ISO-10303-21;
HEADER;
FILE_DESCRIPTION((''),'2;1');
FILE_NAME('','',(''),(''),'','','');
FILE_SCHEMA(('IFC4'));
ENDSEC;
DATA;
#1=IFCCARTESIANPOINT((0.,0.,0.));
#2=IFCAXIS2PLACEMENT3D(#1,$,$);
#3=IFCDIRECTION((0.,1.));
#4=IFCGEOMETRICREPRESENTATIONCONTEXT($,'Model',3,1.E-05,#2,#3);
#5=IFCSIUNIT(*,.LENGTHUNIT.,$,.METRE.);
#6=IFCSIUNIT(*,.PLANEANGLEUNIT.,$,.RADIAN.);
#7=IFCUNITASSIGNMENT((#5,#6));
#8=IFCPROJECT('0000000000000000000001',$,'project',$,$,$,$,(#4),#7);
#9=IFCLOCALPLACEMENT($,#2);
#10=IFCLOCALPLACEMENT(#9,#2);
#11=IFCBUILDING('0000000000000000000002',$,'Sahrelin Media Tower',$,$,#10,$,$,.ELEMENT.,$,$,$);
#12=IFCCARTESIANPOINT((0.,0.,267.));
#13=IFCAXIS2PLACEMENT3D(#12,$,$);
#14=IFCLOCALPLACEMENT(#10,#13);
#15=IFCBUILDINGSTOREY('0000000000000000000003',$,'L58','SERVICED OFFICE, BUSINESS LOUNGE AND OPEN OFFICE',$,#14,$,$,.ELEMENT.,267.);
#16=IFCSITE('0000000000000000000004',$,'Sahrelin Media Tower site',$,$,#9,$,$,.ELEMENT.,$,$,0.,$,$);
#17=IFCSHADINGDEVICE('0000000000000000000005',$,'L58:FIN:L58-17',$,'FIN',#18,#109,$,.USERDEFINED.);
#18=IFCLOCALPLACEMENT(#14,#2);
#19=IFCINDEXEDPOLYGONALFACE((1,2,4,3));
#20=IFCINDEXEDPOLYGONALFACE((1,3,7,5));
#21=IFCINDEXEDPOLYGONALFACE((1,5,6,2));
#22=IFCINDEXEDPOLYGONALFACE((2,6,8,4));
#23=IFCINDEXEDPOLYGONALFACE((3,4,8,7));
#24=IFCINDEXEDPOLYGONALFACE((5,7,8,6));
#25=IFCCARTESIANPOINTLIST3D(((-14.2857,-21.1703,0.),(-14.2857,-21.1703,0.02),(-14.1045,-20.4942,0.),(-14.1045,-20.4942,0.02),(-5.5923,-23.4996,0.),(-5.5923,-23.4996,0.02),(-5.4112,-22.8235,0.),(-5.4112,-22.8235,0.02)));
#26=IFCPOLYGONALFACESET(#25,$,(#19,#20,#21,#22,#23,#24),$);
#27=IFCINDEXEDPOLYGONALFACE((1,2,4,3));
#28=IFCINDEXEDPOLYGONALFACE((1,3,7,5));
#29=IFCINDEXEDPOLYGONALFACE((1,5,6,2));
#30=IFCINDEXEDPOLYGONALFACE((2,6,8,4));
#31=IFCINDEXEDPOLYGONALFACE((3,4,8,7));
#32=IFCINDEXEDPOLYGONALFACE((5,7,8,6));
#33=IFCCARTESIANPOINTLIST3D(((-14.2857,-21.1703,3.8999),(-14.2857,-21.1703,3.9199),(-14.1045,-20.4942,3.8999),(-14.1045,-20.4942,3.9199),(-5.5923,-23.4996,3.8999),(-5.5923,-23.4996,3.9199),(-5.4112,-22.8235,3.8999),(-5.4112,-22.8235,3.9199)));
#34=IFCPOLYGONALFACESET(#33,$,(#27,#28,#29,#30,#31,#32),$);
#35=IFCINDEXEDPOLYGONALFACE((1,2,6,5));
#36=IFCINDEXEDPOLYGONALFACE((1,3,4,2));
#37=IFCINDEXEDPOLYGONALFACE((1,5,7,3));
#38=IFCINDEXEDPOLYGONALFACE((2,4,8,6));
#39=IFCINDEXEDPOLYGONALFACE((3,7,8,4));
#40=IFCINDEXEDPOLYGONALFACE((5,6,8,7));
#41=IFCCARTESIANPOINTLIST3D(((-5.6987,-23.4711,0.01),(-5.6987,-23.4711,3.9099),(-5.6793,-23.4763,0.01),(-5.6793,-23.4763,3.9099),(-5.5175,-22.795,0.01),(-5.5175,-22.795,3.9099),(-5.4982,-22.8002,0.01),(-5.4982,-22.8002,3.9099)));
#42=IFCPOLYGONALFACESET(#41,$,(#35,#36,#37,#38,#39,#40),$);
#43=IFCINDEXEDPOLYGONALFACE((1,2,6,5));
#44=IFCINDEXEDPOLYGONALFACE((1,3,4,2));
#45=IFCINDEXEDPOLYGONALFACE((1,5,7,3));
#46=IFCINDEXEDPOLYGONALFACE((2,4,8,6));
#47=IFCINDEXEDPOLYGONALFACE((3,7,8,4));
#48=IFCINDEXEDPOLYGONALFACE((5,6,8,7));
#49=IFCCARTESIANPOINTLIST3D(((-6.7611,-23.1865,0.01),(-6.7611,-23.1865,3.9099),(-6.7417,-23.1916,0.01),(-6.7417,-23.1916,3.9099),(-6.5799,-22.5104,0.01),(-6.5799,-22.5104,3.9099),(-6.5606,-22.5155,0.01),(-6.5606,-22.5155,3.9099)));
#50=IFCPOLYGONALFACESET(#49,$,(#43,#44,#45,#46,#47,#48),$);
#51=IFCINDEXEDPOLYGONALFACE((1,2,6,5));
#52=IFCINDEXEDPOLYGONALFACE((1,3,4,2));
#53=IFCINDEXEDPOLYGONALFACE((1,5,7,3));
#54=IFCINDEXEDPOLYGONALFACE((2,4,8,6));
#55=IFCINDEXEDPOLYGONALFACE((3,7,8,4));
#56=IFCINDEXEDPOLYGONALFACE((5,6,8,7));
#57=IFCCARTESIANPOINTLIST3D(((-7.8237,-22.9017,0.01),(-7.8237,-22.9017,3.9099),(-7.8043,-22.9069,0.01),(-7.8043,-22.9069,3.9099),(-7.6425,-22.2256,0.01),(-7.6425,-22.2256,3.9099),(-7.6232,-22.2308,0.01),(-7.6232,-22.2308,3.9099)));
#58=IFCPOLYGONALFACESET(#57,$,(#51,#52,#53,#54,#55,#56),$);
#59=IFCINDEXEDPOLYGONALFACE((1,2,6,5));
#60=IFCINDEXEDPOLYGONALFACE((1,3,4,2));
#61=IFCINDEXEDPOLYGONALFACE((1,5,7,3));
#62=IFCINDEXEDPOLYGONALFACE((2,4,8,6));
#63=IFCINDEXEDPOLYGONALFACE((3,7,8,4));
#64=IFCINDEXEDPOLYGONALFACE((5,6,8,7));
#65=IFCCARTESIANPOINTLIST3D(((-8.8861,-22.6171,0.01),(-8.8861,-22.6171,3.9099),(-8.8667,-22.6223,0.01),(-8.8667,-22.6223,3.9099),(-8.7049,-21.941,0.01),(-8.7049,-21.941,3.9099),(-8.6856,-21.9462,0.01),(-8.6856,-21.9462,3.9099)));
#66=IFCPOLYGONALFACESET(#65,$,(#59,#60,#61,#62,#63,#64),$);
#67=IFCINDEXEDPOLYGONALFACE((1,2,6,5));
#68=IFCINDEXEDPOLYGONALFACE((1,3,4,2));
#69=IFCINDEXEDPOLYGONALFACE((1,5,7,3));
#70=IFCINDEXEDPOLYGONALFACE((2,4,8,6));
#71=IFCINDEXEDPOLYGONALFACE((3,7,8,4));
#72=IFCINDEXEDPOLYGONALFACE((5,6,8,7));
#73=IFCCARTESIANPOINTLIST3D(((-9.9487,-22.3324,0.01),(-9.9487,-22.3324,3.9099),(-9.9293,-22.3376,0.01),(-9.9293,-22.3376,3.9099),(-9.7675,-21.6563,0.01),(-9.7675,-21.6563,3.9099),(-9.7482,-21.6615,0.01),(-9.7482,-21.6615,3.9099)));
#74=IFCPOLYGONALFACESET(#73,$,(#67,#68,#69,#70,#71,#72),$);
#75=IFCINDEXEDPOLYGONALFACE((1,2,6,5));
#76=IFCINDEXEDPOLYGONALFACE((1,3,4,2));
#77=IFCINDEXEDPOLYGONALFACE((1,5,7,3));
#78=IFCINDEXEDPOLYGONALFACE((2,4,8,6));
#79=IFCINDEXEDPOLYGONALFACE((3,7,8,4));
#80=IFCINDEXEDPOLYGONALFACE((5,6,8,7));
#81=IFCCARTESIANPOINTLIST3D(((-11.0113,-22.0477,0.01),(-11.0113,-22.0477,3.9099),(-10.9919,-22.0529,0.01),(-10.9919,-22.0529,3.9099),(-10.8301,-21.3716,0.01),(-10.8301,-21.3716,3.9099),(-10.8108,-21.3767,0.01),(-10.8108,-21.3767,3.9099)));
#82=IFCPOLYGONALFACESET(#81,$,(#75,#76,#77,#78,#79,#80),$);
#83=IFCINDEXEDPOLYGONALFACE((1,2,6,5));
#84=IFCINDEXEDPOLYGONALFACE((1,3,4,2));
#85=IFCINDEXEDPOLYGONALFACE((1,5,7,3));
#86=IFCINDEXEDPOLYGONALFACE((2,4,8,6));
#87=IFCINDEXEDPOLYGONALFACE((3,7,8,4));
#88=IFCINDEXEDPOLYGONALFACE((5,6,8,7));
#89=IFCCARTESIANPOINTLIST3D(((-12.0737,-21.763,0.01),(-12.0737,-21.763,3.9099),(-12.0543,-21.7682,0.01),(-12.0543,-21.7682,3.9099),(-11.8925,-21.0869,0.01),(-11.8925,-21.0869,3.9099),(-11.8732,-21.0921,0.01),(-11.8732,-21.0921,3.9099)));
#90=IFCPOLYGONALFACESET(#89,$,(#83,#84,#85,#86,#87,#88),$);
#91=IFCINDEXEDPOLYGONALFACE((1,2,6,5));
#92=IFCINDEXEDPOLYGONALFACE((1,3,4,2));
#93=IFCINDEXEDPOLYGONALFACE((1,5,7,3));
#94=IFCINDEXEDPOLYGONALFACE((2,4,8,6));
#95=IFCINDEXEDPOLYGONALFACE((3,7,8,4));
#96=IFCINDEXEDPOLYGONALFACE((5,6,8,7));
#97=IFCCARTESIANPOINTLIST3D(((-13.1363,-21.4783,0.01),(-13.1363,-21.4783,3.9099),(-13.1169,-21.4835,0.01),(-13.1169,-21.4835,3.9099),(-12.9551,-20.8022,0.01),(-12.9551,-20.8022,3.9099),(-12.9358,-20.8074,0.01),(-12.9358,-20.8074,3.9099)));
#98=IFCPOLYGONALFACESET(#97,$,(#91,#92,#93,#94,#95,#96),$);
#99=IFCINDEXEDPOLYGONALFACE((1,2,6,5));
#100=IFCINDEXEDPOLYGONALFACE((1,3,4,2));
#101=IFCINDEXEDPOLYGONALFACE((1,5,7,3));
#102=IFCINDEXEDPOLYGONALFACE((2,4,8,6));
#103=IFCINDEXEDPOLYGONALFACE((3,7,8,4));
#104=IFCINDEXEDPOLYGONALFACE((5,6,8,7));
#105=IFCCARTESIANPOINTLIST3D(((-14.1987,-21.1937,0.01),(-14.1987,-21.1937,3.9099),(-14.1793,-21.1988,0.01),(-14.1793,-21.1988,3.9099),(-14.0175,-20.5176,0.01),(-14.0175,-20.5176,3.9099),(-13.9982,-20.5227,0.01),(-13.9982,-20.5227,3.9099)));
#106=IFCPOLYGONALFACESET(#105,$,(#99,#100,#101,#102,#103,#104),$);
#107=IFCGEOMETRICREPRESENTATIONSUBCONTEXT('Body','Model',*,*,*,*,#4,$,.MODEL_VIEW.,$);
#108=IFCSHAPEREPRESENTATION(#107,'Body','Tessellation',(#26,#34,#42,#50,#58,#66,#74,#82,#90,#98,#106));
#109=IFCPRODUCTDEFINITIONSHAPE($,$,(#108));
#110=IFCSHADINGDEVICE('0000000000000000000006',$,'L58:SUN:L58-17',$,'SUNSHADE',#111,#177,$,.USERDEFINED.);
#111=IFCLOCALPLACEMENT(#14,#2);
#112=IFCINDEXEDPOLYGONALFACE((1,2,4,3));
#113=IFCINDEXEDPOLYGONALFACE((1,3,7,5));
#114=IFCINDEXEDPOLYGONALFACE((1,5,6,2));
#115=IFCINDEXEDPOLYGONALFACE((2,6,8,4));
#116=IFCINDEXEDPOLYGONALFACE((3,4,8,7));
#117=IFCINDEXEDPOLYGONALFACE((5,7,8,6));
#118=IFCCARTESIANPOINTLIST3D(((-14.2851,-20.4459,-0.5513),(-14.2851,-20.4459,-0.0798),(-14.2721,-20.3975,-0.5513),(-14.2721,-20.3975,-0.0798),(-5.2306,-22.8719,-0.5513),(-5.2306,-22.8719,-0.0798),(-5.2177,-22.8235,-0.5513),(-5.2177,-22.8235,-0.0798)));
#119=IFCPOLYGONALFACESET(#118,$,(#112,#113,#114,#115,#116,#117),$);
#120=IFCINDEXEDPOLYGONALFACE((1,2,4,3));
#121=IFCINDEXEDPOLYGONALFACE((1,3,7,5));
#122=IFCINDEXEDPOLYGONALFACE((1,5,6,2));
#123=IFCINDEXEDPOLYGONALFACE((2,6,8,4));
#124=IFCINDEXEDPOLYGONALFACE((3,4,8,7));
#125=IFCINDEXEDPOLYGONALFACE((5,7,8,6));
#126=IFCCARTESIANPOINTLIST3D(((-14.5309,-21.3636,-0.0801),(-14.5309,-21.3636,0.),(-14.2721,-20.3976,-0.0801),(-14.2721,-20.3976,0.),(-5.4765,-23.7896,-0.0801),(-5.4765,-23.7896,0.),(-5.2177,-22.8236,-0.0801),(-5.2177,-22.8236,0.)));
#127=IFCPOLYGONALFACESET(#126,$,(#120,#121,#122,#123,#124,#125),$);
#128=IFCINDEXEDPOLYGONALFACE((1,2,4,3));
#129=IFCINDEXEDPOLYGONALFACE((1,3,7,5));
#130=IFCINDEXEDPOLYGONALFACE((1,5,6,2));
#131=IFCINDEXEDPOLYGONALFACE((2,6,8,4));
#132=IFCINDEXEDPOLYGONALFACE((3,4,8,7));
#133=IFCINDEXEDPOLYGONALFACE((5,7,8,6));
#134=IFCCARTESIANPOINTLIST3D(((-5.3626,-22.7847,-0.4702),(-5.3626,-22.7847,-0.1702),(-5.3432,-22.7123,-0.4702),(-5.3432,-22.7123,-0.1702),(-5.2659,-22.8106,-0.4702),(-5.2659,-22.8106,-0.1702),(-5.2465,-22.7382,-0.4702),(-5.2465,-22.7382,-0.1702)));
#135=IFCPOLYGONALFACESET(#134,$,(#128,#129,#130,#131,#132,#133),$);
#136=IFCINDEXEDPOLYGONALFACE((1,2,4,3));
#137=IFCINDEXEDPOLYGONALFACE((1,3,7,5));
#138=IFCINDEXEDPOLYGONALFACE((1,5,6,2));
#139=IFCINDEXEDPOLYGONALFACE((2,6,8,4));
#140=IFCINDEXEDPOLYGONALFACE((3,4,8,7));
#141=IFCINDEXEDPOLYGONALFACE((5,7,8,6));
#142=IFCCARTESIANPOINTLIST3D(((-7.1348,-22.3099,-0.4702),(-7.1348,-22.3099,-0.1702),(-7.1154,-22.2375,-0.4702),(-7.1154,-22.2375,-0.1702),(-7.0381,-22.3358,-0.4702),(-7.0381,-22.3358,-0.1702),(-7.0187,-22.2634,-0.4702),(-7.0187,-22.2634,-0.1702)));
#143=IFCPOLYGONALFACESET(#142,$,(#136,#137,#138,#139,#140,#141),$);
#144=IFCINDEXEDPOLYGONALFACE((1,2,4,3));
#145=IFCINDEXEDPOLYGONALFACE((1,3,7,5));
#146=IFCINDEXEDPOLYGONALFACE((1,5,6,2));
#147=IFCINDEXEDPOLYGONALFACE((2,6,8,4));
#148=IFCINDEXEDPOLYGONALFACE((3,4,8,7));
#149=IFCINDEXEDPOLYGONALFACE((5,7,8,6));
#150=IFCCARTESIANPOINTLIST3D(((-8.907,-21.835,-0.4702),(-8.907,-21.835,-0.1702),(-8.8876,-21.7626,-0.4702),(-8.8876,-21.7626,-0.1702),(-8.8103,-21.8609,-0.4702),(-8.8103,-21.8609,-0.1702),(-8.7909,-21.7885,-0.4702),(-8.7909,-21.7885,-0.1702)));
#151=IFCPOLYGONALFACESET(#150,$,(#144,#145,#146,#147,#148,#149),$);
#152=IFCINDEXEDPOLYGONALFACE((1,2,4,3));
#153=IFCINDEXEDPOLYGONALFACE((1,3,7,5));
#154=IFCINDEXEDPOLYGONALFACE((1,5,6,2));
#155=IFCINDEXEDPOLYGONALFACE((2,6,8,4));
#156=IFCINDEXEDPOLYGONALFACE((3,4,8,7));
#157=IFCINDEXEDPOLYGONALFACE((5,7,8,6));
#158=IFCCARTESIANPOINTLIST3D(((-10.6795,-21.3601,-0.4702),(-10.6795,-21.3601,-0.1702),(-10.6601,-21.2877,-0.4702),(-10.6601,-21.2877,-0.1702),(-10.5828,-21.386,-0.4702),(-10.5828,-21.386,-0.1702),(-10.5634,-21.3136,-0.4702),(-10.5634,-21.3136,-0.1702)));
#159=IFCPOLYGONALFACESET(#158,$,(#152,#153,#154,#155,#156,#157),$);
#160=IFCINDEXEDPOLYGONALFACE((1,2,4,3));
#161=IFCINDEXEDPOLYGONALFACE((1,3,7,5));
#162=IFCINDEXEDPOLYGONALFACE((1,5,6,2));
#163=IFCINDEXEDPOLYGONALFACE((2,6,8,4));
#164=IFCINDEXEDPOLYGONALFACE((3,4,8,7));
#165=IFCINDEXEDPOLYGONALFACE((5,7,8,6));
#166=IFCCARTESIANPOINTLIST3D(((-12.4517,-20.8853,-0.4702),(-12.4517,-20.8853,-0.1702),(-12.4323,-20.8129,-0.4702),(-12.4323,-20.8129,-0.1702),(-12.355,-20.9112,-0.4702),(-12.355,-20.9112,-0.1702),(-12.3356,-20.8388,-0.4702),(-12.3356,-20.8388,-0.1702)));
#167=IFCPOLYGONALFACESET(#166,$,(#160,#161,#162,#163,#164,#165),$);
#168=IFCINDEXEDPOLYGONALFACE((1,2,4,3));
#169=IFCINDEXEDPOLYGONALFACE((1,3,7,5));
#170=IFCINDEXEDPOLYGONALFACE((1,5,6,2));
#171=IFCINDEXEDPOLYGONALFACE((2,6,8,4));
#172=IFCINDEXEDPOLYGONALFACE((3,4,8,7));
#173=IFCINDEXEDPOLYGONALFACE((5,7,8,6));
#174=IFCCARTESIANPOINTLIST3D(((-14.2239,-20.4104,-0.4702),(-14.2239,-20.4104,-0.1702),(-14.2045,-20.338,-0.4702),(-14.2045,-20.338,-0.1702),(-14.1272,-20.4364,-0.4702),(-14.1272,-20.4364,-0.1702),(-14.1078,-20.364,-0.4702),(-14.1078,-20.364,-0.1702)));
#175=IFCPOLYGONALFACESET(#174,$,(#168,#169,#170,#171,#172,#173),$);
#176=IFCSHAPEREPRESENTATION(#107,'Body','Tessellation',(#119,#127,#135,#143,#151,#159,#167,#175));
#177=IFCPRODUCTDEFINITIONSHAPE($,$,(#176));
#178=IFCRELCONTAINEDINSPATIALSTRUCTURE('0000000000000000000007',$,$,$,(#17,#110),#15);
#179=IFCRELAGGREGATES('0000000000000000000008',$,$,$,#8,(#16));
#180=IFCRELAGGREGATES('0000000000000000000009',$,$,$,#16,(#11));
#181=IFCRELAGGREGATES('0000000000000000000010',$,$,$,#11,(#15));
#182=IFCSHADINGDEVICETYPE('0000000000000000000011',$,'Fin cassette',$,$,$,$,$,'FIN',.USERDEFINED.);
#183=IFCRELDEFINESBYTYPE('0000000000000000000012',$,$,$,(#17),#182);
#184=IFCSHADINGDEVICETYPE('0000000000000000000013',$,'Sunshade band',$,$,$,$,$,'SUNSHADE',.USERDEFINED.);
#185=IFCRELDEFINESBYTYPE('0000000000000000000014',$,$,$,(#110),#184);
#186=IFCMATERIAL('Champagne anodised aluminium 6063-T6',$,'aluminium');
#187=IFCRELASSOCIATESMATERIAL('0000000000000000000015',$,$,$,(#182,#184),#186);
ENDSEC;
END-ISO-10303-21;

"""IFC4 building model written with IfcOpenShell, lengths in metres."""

from ifc_helpers import new_model, si_unit, direction, frame, origin, origin_2d, place, context, subcontext, project, spatial, rectangle, extrude, material, type_object, element, save


model = new_model("IFC4")

# Units and contexts
model_context = context("Model", 3, precision=1e-05, world=origin(), true_north=direction((0.0, 1.0)))
body_context = subcontext(model_context, "Body", "Model", "MODEL_VIEW")
ifc_project = project(units=[si_unit("LENGTHUNIT", "METRE"), si_unit("PLANEANGLEUNIT", "RADIAN")], contexts=[model_context])

# Site, building, storey
site_placement = place(None, origin())
site = spatial("IfcSite", under=ifc_project, at=site_placement, Name="Sahrelin Media Tower site", CompositionType="ELEMENT", RefElevation=0.0)
building_placement = place(site_placement, origin())
building = spatial("IfcBuilding", under=site, at=building_placement, Name="Sahrelin Media Tower", CompositionType="ELEMENT")
storey_placement = place(building_placement, frame((0.0, 0.0, 267.0)))
storey = spatial("IfcBuildingStorey", under=building, at=storey_placement, Name="L58", Description="SERVICED OFFICE, BUSINESS LOUNGE AND OPEN OFFICE", CompositionType="ELEMENT", Elevation=267.0)

# Shared definitions
ifc_material_1 = material(Name="Champagne anodised aluminium 6063-T6", Category="aluminium")

# Shading devices
shading_device_type_1 = type_object("IfcShadingDeviceType", Name="Fin cassette", ElementType="FIN", PredefinedType="USERDEFINED", material=ifc_material_1)
placement = place(storey_placement, frame((-9.7397, -21.5913, 0.0), z_axis=(0.0, 0.0, 1.0), x_axis=(-0.965929, 0.258808, 0.0)))
element("IfcShadingDevice", 1, at=placement, inside=storey, type_object=shading_device_type_1, Name="L58:FIN:L58-17", ObjectType="FIN", PredefinedType="USERDEFINED", context=body_context, shape_type="SweptSolid", body=[
    extrude(rectangle(XDim=9.0, YDim=0.7, at=origin_2d()), frame((0.0, 0.4199, 0.0)), (0.0, 0.0, 1.0), 0.02),
    extrude(rectangle(XDim=9.0, YDim=0.7, at=origin_2d()), frame((0.0, 0.4199, 3.8999)), (0.0, 0.0, 1.0), 0.02),
    extrude(rectangle(XDim=0.02, YDim=0.7, at=origin_2d()), frame((-4.3999, 0.4199, 0.01), z_axis=(0.0, 0.0, 1.0), x_axis=(1.0, 0.0, 0.0)), (0.0, 0.0, 1.0), 3.8999),
    extrude(rectangle(XDim=0.02, YDim=0.7, at=origin_2d()), frame((-3.3, 0.4199, 0.01), z_axis=(0.0, 0.0, 1.0), x_axis=(1.0, 0.0, 0.0)), (0.0, 0.0, 1.0), 3.8999),
    extrude(rectangle(XDim=0.02, YDim=0.7, at=origin_2d()), frame((-2.2, 0.4199, 0.01), z_axis=(0.0, 0.0, 1.0), x_axis=(1.0, 0.0, 0.0)), (0.0, 0.0, 1.0), 3.8999),
    extrude(rectangle(XDim=0.02, YDim=0.7, at=origin_2d()), frame((-1.1001, 0.4199, 0.01), z_axis=(0.0, 0.0, 1.0), x_axis=(1.0, 0.0, 0.0)), (0.0, 0.0, 1.0), 3.8999),
    extrude(rectangle(XDim=0.02, YDim=0.7, at=origin_2d()), frame((0.0, 0.4199, 0.01), z_axis=(0.0, 0.0, 1.0), x_axis=(1.0, 0.0, 0.0)), (0.0, 0.0, 1.0), 3.8999),
    extrude(rectangle(XDim=0.02, YDim=0.7, at=origin_2d()), frame((1.1001, 0.4199, 0.01), z_axis=(0.0, 0.0, 1.0), x_axis=(1.0, 0.0, 0.0)), (0.0, 0.0, 1.0), 3.8999),
    extrude(rectangle(XDim=0.02, YDim=0.7, at=origin_2d()), frame((2.2, 0.4199, 0.01), z_axis=(0.0, 0.0, 1.0), x_axis=(1.0, 0.0, 0.0)), (0.0, 0.0, 1.0), 3.8999),
    extrude(rectangle(XDim=0.02, YDim=0.7, at=origin_2d()), frame((3.3, 0.4199, 0.01), z_axis=(0.0, 0.0, 1.0), x_axis=(1.0, 0.0, 0.0)), (0.0, 0.0, 1.0), 3.8999),
    extrude(rectangle(XDim=0.02, YDim=0.7, at=origin_2d()), frame((4.3999, 0.4199, 0.01), z_axis=(0.0, 0.0, 1.0), x_axis=(1.0, 0.0, 0.0)), (0.0, 0.0, 1.0), 3.8999),
])
shading_device_type_2 = type_object("IfcShadingDeviceType", Name="Sunshade band", ElementType="SUNSHADE", PredefinedType="USERDEFINED", material=ifc_material_1)
element("IfcShadingDevice", 2, at=placement, inside=storey, type_object=shading_device_type_2, Name="L58:SUN:L58-17", ObjectType="SUNSHADE", PredefinedType="USERDEFINED", context=body_context, shape_type="SweptSolid", body=[
    extrude(rectangle(XDim=9.3738, YDim=0.05, at=origin_2d()), frame((0.0, 0.0449, -0.5513)), (0.0, 0.0, 1.0), 0.4714),
    extrude(rectangle(XDim=9.3738, YDim=1.0, at=origin_2d()), frame((0.0, 0.52, -0.0801)), (0.0, 0.0, 1.0), 0.0801),
    extrude(rectangle(XDim=0.1001, YDim=0.075, at=origin_2d()), frame((-4.5869, -0.0176, -0.4702)), (0.0, 0.0, 1.0), 0.3),
    extrude(rectangle(XDim=0.1001, YDim=0.075, at=origin_2d()), frame((-2.7522, -0.0176, -0.4702)), (0.0, 0.0, 1.0), 0.3),
    extrude(rectangle(XDim=0.1001, YDim=0.075, at=origin_2d()), frame((-0.9175, -0.0176, -0.4702)), (0.0, 0.0, 1.0), 0.3),
    extrude(rectangle(XDim=0.1001, YDim=0.075, at=origin_2d()), frame((0.9175, -0.0176, -0.4702)), (0.0, 0.0, 1.0), 0.3),
    extrude(rectangle(XDim=0.1001, YDim=0.075, at=origin_2d()), frame((2.7522, -0.0176, -0.4702)), (0.0, 0.0, 1.0), 0.3),
    extrude(rectangle(XDim=0.1001, YDim=0.075, at=origin_2d()), frame((4.5869, -0.0176, -0.4702)), (0.0, 0.0, 1.0), 0.3),
])

save(model, "model.ifc")
